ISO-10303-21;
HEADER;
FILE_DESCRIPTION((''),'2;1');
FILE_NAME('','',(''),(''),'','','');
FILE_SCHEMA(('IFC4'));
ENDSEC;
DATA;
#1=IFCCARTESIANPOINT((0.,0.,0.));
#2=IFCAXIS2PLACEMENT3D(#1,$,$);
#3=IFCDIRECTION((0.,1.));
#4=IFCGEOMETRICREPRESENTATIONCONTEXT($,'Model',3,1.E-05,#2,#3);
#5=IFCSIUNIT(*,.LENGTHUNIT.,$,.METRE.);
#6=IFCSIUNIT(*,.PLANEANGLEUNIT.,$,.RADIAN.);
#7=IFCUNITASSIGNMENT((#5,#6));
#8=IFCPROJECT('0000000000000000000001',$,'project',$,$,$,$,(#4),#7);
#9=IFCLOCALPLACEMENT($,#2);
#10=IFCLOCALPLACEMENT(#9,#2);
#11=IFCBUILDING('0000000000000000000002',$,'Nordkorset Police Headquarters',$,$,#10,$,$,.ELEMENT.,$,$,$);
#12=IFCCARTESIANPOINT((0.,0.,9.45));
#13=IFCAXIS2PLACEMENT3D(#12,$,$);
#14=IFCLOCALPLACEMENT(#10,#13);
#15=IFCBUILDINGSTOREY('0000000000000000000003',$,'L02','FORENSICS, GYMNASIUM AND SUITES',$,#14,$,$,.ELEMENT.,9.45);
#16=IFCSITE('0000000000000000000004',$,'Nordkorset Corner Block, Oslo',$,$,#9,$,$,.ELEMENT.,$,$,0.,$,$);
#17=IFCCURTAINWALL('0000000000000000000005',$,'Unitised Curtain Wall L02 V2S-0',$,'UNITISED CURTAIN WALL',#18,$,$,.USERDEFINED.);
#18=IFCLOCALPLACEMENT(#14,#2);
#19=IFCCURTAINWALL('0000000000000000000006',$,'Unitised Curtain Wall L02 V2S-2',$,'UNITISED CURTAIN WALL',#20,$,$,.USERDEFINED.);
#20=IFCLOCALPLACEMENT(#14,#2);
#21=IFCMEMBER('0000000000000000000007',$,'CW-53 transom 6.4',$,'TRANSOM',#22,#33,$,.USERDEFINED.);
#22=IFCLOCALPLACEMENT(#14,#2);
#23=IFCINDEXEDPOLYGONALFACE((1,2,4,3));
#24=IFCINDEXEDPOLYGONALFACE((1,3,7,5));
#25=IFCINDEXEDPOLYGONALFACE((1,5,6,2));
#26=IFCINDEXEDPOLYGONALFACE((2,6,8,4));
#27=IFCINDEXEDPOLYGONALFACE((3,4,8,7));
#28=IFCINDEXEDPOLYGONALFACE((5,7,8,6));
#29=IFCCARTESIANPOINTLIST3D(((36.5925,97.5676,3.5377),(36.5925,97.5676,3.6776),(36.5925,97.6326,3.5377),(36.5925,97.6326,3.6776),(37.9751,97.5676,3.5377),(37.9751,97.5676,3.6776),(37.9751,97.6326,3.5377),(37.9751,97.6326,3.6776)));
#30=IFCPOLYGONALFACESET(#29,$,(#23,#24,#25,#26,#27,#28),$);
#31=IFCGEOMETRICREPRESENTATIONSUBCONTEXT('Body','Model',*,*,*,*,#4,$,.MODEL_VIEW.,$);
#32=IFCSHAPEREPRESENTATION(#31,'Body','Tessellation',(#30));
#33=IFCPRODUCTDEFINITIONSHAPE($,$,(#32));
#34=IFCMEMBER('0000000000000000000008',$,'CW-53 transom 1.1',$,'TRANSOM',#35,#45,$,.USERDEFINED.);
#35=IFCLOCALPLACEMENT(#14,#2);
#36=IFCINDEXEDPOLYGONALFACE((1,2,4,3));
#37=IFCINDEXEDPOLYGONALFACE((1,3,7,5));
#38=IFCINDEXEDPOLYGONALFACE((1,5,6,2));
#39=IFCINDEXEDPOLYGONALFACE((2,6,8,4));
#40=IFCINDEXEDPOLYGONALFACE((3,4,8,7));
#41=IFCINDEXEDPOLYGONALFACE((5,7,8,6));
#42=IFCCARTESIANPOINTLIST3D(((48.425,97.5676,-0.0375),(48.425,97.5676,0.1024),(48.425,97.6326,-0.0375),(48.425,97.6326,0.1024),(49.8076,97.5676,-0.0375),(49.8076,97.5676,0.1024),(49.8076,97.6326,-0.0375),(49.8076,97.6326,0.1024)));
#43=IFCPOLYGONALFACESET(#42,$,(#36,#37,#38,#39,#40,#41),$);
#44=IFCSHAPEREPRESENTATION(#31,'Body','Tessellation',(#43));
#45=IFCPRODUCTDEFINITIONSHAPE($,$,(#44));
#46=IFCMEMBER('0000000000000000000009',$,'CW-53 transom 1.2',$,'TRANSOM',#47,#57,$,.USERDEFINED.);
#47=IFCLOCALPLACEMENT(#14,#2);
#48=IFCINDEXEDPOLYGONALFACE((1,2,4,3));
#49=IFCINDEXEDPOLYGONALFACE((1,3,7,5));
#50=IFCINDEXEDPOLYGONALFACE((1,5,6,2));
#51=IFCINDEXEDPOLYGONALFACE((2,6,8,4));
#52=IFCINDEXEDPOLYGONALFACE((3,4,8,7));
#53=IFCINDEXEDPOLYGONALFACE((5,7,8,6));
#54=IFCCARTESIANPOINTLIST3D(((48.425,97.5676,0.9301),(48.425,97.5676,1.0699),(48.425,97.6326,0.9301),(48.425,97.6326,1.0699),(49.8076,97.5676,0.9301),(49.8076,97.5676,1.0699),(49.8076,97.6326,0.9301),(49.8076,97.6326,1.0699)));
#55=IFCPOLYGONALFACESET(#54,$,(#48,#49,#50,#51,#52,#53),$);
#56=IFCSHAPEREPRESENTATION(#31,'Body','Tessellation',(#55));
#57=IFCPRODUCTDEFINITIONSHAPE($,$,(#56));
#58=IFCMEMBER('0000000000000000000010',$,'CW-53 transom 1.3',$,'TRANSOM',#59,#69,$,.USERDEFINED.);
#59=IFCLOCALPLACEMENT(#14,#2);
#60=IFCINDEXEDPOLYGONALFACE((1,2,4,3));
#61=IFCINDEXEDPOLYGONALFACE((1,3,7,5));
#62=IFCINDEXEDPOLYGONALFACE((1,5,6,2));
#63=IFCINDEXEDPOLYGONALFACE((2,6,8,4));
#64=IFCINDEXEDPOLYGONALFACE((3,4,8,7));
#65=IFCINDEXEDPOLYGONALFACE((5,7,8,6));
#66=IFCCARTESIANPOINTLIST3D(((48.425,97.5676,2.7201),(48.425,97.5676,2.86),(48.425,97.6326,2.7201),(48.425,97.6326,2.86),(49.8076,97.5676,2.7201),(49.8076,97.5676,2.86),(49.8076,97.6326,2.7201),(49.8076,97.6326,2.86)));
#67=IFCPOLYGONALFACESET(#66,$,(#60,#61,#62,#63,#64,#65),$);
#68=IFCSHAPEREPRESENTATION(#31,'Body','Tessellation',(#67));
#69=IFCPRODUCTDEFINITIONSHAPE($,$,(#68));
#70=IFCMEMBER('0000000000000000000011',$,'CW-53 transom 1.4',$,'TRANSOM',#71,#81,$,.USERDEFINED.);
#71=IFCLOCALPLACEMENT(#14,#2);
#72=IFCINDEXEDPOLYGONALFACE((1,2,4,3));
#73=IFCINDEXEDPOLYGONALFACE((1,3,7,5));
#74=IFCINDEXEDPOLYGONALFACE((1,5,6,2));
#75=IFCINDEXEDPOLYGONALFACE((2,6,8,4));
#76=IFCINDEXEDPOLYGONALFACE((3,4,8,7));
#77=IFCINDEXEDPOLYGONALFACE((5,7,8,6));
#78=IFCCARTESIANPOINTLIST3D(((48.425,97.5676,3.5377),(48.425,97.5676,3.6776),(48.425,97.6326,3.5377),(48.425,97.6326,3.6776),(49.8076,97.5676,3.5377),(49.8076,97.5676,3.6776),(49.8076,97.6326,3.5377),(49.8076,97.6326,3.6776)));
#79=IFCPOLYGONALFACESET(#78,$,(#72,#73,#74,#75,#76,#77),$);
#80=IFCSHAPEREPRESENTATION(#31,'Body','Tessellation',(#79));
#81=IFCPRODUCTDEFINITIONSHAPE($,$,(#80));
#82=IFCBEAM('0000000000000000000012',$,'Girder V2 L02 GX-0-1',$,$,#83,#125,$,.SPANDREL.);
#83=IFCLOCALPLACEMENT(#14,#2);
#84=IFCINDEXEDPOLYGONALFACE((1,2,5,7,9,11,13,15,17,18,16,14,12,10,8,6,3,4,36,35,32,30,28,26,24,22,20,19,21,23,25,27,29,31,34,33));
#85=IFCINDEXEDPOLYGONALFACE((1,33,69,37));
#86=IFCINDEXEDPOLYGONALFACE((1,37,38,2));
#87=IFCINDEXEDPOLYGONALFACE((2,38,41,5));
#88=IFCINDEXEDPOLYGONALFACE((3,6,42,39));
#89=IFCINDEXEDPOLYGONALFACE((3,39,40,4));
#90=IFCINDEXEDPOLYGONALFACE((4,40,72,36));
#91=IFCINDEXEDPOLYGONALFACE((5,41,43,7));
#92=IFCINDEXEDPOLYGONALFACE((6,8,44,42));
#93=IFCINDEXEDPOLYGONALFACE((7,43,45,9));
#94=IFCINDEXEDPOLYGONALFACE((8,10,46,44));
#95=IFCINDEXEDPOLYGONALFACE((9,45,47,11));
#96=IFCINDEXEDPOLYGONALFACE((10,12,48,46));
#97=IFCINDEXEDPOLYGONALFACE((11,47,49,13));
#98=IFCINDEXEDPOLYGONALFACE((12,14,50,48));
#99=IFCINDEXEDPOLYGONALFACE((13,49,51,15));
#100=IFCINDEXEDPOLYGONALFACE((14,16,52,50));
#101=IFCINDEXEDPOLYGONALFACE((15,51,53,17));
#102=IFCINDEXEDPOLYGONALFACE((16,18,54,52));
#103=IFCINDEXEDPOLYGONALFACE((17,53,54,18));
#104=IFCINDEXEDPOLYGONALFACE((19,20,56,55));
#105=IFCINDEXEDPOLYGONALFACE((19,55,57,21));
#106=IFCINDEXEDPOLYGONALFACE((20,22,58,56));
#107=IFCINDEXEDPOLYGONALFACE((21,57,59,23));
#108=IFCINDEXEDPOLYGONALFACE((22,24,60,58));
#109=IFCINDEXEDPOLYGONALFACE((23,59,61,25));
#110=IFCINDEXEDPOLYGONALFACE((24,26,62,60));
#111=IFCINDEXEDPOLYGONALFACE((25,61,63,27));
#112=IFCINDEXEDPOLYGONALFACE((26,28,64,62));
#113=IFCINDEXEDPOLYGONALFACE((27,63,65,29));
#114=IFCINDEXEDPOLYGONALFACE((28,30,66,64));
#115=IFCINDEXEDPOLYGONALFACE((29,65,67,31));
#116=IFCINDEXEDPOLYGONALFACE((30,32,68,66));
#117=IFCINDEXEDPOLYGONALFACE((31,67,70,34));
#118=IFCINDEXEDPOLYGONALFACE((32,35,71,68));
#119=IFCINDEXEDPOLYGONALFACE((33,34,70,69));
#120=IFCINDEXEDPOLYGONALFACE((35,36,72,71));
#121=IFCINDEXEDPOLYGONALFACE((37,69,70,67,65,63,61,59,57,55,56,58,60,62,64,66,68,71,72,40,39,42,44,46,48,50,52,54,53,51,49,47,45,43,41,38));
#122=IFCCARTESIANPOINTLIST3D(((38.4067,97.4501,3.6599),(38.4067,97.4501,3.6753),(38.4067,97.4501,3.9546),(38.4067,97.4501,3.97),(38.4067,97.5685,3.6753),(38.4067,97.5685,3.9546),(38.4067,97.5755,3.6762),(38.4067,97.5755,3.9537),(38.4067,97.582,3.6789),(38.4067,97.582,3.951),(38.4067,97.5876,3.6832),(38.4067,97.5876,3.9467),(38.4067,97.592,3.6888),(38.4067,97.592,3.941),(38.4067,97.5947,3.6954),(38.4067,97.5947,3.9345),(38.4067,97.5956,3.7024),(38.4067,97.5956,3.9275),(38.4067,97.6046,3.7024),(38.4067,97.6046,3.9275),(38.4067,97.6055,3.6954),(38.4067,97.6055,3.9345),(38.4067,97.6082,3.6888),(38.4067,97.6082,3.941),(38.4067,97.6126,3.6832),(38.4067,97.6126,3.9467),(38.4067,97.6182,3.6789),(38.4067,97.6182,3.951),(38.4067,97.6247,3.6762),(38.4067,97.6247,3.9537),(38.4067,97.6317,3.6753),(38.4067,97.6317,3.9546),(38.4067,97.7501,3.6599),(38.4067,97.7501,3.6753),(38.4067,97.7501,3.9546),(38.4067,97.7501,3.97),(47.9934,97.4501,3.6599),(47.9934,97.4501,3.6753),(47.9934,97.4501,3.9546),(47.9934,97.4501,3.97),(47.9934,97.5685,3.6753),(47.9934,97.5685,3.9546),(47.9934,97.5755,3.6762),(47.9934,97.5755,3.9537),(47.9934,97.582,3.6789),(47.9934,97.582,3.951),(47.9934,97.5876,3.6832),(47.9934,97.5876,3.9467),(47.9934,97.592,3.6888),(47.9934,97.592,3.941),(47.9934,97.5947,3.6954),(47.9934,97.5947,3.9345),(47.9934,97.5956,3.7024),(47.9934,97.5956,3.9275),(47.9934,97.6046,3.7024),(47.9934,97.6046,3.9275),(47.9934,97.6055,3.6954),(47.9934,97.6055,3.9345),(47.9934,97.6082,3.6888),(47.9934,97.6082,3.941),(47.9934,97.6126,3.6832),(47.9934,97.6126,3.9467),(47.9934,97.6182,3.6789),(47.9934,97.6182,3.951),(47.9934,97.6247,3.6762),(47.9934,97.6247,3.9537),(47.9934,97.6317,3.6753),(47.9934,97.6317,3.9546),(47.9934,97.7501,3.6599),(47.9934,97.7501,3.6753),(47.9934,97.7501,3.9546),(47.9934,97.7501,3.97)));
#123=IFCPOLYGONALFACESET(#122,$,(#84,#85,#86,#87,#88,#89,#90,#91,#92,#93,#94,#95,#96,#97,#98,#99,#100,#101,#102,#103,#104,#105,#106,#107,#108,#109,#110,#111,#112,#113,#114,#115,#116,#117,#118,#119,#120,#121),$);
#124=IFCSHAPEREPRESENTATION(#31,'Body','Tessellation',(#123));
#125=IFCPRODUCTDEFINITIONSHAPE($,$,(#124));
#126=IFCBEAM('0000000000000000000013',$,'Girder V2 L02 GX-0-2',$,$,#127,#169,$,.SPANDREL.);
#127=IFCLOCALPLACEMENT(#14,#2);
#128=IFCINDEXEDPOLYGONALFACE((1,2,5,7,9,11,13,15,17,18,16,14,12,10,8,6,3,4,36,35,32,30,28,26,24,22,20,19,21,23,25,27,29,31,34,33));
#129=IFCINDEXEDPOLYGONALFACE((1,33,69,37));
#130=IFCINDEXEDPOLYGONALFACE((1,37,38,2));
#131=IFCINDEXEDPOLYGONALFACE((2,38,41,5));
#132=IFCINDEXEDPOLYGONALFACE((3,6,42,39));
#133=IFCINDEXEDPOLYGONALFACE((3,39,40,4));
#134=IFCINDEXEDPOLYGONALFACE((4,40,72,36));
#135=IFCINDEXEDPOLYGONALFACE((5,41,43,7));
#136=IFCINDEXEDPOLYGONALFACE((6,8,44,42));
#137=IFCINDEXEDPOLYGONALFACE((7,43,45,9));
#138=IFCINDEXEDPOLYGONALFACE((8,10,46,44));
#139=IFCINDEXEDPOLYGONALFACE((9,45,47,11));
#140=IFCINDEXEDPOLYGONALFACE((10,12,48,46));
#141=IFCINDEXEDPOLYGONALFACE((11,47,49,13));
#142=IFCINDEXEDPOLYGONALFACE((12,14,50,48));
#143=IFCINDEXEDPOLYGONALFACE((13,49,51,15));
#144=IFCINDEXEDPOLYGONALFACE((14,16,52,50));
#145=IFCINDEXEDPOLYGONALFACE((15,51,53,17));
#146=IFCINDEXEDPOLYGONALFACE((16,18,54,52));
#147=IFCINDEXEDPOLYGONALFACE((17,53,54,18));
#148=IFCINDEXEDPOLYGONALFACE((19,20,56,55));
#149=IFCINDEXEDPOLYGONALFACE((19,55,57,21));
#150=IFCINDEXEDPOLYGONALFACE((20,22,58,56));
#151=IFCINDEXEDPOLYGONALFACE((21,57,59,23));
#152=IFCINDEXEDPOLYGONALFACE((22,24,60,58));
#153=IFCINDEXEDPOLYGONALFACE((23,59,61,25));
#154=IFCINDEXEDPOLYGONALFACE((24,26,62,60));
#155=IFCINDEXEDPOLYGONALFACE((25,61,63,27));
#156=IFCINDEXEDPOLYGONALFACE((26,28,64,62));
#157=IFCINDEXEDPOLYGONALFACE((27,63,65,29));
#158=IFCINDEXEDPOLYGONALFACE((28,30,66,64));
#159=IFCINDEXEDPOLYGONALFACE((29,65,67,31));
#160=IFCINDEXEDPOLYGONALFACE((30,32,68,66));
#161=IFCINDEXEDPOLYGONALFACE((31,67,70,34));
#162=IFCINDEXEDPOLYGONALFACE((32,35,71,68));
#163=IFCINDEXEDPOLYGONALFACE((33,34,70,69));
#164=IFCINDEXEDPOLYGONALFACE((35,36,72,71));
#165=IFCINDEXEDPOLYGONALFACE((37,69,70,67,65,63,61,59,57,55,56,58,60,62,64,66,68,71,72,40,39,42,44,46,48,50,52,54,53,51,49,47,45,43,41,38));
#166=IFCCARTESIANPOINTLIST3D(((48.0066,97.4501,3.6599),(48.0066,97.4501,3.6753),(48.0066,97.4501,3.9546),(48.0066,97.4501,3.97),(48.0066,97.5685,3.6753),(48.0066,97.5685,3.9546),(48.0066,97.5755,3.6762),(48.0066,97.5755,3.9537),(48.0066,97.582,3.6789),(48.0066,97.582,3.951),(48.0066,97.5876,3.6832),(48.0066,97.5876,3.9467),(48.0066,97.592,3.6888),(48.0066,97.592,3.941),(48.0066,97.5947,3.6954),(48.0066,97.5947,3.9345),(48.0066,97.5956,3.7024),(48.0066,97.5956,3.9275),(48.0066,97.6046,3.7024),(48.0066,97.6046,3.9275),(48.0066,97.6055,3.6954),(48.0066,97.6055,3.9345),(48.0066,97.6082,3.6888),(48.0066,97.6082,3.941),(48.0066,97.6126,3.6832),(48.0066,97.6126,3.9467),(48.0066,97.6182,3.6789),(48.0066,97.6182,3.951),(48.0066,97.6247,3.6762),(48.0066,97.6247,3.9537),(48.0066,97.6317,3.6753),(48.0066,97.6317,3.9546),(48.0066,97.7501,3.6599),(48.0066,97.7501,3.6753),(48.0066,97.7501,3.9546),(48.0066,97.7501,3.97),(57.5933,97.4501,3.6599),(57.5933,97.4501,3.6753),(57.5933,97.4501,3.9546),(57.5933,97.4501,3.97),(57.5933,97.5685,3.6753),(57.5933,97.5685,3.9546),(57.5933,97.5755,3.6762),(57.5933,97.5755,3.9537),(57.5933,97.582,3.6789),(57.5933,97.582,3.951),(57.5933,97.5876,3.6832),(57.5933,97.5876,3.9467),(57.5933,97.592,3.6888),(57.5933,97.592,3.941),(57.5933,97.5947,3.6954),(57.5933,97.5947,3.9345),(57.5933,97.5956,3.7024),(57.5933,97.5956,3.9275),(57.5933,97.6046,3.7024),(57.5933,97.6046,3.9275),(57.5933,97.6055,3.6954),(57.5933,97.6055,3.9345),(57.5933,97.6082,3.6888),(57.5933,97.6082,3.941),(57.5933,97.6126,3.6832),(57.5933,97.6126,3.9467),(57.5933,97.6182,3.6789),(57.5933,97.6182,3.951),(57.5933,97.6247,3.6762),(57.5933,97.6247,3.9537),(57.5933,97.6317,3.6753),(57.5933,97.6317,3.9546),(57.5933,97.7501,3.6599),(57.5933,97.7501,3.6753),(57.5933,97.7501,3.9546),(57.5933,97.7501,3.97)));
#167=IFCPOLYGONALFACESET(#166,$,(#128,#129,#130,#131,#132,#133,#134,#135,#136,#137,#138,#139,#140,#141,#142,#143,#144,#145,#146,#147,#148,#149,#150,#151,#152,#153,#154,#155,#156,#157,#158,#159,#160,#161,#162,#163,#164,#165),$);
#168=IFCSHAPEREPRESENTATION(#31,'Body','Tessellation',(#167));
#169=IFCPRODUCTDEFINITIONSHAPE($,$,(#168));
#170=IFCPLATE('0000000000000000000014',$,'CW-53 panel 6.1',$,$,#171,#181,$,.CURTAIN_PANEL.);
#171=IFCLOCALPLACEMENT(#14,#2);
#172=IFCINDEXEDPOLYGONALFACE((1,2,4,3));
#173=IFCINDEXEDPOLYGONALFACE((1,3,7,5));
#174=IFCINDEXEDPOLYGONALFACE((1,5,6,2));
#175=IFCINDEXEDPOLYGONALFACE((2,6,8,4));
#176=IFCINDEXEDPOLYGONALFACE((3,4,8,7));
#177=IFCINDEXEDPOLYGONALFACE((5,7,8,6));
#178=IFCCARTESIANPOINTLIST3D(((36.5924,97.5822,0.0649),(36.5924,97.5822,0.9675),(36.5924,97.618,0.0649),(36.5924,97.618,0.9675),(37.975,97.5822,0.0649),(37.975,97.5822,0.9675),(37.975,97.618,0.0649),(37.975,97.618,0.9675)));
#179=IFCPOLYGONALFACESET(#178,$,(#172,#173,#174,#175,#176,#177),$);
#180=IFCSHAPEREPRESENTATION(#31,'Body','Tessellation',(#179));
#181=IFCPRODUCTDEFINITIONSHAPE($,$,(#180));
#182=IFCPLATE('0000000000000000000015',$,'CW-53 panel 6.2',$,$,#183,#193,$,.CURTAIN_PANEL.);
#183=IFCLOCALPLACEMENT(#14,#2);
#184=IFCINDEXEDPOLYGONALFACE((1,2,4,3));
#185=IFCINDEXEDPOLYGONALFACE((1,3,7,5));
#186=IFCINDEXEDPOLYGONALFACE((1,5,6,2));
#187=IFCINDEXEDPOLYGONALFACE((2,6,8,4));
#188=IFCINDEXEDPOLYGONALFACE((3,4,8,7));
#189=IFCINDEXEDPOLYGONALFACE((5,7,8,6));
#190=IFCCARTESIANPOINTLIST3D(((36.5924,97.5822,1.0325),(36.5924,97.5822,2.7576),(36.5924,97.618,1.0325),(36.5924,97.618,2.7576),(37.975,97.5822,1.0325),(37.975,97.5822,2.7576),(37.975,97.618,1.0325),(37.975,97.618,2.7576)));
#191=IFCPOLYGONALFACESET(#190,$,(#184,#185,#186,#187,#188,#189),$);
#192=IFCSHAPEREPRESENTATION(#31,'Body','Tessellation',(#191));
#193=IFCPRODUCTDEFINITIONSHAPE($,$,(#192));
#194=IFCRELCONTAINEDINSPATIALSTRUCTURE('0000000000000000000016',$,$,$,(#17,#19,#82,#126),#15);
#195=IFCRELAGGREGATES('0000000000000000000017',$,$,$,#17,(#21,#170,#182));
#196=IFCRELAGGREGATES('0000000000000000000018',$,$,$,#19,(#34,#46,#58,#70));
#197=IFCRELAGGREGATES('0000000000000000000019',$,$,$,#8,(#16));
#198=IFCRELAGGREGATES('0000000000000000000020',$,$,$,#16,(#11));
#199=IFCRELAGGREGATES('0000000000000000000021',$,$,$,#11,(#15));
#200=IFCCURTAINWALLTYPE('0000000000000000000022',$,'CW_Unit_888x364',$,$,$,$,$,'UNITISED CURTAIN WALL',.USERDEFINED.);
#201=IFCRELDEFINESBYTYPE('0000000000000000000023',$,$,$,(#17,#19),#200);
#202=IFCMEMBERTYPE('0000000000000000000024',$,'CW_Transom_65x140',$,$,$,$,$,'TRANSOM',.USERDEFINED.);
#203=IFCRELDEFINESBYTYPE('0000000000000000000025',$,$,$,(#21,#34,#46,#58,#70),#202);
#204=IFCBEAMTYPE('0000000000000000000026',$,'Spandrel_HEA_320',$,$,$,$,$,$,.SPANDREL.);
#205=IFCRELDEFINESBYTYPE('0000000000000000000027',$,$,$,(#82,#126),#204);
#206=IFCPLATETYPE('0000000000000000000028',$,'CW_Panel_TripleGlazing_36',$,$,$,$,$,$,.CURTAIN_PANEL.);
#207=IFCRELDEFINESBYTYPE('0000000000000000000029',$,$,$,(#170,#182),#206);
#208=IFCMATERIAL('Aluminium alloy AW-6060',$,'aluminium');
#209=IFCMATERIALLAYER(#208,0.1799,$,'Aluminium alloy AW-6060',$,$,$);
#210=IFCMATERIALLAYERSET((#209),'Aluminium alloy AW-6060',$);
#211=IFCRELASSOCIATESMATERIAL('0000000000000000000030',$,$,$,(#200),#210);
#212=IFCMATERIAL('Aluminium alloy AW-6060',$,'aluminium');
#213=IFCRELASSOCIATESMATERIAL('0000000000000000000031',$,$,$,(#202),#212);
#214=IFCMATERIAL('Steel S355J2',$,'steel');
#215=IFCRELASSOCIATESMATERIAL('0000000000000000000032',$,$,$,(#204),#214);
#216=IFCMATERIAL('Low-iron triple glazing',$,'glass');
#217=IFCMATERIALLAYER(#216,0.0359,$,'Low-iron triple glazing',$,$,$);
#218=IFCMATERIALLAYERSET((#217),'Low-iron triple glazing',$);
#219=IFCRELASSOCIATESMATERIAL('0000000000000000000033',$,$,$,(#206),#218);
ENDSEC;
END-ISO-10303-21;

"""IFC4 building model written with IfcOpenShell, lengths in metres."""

from ifc_helpers import new_model, si_unit, direction, frame, origin, origin_2d, place, context, subcontext, project, spatial, rectangle, i_section, extrude, material, layer, layer_set, material_profile, profile_set, type_object, element, aggregate, save


model = new_model("IFC4")

# Units and contexts
model_context = context("Model", 3, precision=1e-05, world=origin(), true_north=direction((0.0, 1.0)))
body_context = subcontext(model_context, "Body", "Model", "MODEL_VIEW")
ifc_project = project(units=[si_unit("LENGTHUNIT", "METRE"), si_unit("PLANEANGLEUNIT", "RADIAN")], contexts=[model_context])

# Site, building, storey
site_placement = place(None, origin())
site = spatial("IfcSite", under=ifc_project, at=site_placement, Name="Nordkorset Corner Block, Oslo", CompositionType="ELEMENT", RefElevation=0.0)
building_placement = place(site_placement, origin())
building = spatial("IfcBuilding", under=site, at=building_placement, Name="Nordkorset Police Headquarters", CompositionType="ELEMENT")
storey_placement = place(building_placement, frame((0.0, 0.0, 9.45)))
storey = spatial("IfcBuildingStorey", under=building, at=storey_placement, Name="L02", Description="FORENSICS, GYMNASIUM AND SUITES", CompositionType="ELEMENT", Elevation=9.45)

# Curtain walls
ifc_material_1 = material(Name="Aluminium alloy AW-6060", Category="aluminium")
ifc_layer_1 = layer(ifc_material_1, 0.1799, Name="Aluminium alloy AW-6060")
ifc_layer_set_1 = layer_set([ifc_layer_1], Name="Aluminium alloy AW-6060")
curtain_wall_type = type_object("IfcCurtainWallType", Name="CW_Unit_888x364", ElementType="UNITISED CURTAIN WALL", PredefinedType="USERDEFINED", material=ifc_layer_set_1)
curtain_wall_1_placement = place(storey_placement, origin())
curtain_wall_1 = element("IfcCurtainWall", 1, at=curtain_wall_1_placement, inside=storey, type_object=curtain_wall_type, Name="Unitised Curtain Wall L02 V2S-0", ObjectType="UNITISED CURTAIN WALL", PredefinedType="USERDEFINED")
curtain_wall_2_placement = place(storey_placement, origin())
curtain_wall_2 = element("IfcCurtainWall", 2, at=curtain_wall_2_placement, inside=storey, type_object=curtain_wall_type, Name="Unitised Curtain Wall L02 V2S-2", ObjectType="UNITISED CURTAIN WALL", PredefinedType="USERDEFINED")

# Members
ifc_material_2 = material(Name="Aluminium alloy AW-6060", Category="aluminium")
ifc_material_profile_1 = material_profile(ifc_material_2, rectangle(XDim=0.0649, YDim=0.1399, at=origin_2d()), Name="ALU TRAN 65x140")
ifc_profile_set_1 = profile_set([ifc_material_profile_1], Name="Aluminium alloy AW-6060")
member_type_1 = type_object("IfcMemberType", Name="CW_Transom_65x140", ElementType="TRANSOM", PredefinedType="USERDEFINED", material=ifc_profile_set_1)
member_1_placement = place(storey_placement, frame((36.5925, 97.6001, 3.6077), z_axis=(1.0, 0.0, 0.0), x_axis=(0.0, 1.0, 0.0)))
member_1 = element("IfcMember", 3, at=member_1_placement, type_object=member_type_1, Name="CW-53 transom 6.4", ObjectType="TRANSOM", PredefinedType="USERDEFINED", context=body_context, shape_type="SweptSolid", body=[
    extrude(rectangle(XDim=0.0649, YDim=0.1399, at=origin_2d()), origin(), (0.0, 0.0, 1.0), 1.3826),
])
member_2_placement = place(storey_placement, frame((48.425, 97.6001, 0.0325), z_axis=(1.0, 0.0, 0.0), x_axis=(0.0, 1.0, 0.0)))
member_2 = element("IfcMember", 4, at=member_2_placement, type_object=member_type_1, Name="CW-53 transom 1.1", ObjectType="TRANSOM", PredefinedType="USERDEFINED", context=body_context, shape_type="SweptSolid", body=[
    extrude(rectangle(XDim=0.0649, YDim=0.1399, at=origin_2d()), origin(), (0.0, 0.0, 1.0), 1.3826),
])
member_3_placement = place(storey_placement, frame((48.425, 97.6001, 1.0), z_axis=(1.0, 0.0, 0.0), x_axis=(0.0, 1.0, 0.0)))
member_3 = element("IfcMember", 5, at=member_3_placement, type_object=member_type_1, Name="CW-53 transom 1.2", ObjectType="TRANSOM", PredefinedType="USERDEFINED", context=body_context, shape_type="SweptSolid", body=[
    extrude(rectangle(XDim=0.0649, YDim=0.1399, at=origin_2d()), origin(), (0.0, 0.0, 1.0), 1.3826),
])
member_4_placement = place(storey_placement, frame((48.425, 97.6001, 2.79), z_axis=(1.0, 0.0, 0.0), x_axis=(0.0, 1.0, 0.0)))
member_4 = element("IfcMember", 6, at=member_4_placement, type_object=member_type_1, Name="CW-53 transom 1.3", ObjectType="TRANSOM", PredefinedType="USERDEFINED", context=body_context, shape_type="SweptSolid", body=[
    extrude(rectangle(XDim=0.0649, YDim=0.1399, at=origin_2d()), origin(), (0.0, 0.0, 1.0), 1.3826),
])
member_5_placement = place(storey_placement, frame((48.425, 97.6001, 3.6077), z_axis=(1.0, 0.0, 0.0), x_axis=(0.0, 1.0, 0.0)))
member_5 = element("IfcMember", 7, at=member_5_placement, type_object=member_type_1, Name="CW-53 transom 1.4", ObjectType="TRANSOM", PredefinedType="USERDEFINED", context=body_context, shape_type="SweptSolid", body=[
    extrude(rectangle(XDim=0.0649, YDim=0.1399, at=origin_2d()), origin(), (0.0, 0.0, 1.0), 1.3826),
])

# Beams
ifc_material_3 = material(Name="Steel S355J2", Category="steel")
ifc_material_profile_2 = material_profile(ifc_material_3, i_section(OverallWidth=0.3, OverallDepth=0.3101, WebThickness=0.009, FlangeThickness=0.0154, FilletRadius=0.0271, at=origin_2d()), Name="HEA 320")
ifc_profile_set_2 = profile_set([ifc_material_profile_2], Name="Steel S355J2")
beam_type = type_object("IfcBeamType", Name="Spandrel_HEA_320", PredefinedType="SPANDREL", material=ifc_profile_set_2)
for number, where, z_axis, x_axis, name in (
    (8, (38.4067, 97.6001, 3.8149), (1.0, 0.0, 0.0), (0.0, 1.0, 0.0), "Girder V2 L02 GX-0-1"),
    (9, (48.0066, 97.6001, 3.8149), (1.0, 0.0, 0.0), (0.0, 1.0, 0.0), "Girder V2 L02 GX-0-2"),
):
    element("IfcBeam", number, at=place(storey_placement, frame(where, z_axis=z_axis, x_axis=x_axis)), inside=storey, type_object=beam_type, Name=name, PredefinedType="SPANDREL", context=body_context, shape_type="SweptSolid", body=[
        extrude(i_section(OverallWidth=0.3, OverallDepth=0.3101, WebThickness=0.009, FlangeThickness=0.0154, FilletRadius=0.0271, at=origin_2d()), origin(), (0.0, 0.0, 1.0), 9.5867),
    ])

# Plates
ifc_material_4 = material(Name="Low-iron triple glazing", Category="glass")
ifc_layer_2 = layer(ifc_material_4, 0.0359, Name="Low-iron triple glazing")
ifc_layer_set_2 = layer_set([ifc_layer_2], Name="Low-iron triple glazing")
plate_type = type_object("IfcPlateType", Name="CW_Panel_TripleGlazing_36", PredefinedType="CURTAIN_PANEL", material=ifc_layer_set_2)
plate_1_placement = place(storey_placement, frame((37.2837, 97.6001, 0.0649), z_axis=(0.0, 0.0, 1.0), x_axis=(1.0, 0.0, 0.0)))
plate_1 = element("IfcPlate", 10, at=plate_1_placement, type_object=plate_type, Name="CW-53 panel 6.1", PredefinedType="CURTAIN_PANEL", context=body_context, shape_type="SweptSolid", body=[
    extrude(rectangle(XDim=1.3826, YDim=0.0359, at=origin_2d()), origin(), (0.0, 0.0, 1.0), 0.9026),
])
plate_2_placement = place(storey_placement, frame((37.2837, 97.6001, 1.0325), z_axis=(0.0, 0.0, 1.0), x_axis=(1.0, 0.0, 0.0)))
plate_2 = element("IfcPlate", 11, at=plate_2_placement, type_object=plate_type, Name="CW-53 panel 6.2", PredefinedType="CURTAIN_PANEL", context=body_context, shape_type="SweptSolid", body=[
    extrude(rectangle(XDim=1.3826, YDim=0.0359, at=origin_2d()), origin(), (0.0, 0.0, 1.0), 1.7251),
])
aggregate(curtain_wall_1, [member_1, plate_1, plate_2])
aggregate(curtain_wall_2, [member_2, member_3, member_4, member_5])

save(model, "model.ifc")
